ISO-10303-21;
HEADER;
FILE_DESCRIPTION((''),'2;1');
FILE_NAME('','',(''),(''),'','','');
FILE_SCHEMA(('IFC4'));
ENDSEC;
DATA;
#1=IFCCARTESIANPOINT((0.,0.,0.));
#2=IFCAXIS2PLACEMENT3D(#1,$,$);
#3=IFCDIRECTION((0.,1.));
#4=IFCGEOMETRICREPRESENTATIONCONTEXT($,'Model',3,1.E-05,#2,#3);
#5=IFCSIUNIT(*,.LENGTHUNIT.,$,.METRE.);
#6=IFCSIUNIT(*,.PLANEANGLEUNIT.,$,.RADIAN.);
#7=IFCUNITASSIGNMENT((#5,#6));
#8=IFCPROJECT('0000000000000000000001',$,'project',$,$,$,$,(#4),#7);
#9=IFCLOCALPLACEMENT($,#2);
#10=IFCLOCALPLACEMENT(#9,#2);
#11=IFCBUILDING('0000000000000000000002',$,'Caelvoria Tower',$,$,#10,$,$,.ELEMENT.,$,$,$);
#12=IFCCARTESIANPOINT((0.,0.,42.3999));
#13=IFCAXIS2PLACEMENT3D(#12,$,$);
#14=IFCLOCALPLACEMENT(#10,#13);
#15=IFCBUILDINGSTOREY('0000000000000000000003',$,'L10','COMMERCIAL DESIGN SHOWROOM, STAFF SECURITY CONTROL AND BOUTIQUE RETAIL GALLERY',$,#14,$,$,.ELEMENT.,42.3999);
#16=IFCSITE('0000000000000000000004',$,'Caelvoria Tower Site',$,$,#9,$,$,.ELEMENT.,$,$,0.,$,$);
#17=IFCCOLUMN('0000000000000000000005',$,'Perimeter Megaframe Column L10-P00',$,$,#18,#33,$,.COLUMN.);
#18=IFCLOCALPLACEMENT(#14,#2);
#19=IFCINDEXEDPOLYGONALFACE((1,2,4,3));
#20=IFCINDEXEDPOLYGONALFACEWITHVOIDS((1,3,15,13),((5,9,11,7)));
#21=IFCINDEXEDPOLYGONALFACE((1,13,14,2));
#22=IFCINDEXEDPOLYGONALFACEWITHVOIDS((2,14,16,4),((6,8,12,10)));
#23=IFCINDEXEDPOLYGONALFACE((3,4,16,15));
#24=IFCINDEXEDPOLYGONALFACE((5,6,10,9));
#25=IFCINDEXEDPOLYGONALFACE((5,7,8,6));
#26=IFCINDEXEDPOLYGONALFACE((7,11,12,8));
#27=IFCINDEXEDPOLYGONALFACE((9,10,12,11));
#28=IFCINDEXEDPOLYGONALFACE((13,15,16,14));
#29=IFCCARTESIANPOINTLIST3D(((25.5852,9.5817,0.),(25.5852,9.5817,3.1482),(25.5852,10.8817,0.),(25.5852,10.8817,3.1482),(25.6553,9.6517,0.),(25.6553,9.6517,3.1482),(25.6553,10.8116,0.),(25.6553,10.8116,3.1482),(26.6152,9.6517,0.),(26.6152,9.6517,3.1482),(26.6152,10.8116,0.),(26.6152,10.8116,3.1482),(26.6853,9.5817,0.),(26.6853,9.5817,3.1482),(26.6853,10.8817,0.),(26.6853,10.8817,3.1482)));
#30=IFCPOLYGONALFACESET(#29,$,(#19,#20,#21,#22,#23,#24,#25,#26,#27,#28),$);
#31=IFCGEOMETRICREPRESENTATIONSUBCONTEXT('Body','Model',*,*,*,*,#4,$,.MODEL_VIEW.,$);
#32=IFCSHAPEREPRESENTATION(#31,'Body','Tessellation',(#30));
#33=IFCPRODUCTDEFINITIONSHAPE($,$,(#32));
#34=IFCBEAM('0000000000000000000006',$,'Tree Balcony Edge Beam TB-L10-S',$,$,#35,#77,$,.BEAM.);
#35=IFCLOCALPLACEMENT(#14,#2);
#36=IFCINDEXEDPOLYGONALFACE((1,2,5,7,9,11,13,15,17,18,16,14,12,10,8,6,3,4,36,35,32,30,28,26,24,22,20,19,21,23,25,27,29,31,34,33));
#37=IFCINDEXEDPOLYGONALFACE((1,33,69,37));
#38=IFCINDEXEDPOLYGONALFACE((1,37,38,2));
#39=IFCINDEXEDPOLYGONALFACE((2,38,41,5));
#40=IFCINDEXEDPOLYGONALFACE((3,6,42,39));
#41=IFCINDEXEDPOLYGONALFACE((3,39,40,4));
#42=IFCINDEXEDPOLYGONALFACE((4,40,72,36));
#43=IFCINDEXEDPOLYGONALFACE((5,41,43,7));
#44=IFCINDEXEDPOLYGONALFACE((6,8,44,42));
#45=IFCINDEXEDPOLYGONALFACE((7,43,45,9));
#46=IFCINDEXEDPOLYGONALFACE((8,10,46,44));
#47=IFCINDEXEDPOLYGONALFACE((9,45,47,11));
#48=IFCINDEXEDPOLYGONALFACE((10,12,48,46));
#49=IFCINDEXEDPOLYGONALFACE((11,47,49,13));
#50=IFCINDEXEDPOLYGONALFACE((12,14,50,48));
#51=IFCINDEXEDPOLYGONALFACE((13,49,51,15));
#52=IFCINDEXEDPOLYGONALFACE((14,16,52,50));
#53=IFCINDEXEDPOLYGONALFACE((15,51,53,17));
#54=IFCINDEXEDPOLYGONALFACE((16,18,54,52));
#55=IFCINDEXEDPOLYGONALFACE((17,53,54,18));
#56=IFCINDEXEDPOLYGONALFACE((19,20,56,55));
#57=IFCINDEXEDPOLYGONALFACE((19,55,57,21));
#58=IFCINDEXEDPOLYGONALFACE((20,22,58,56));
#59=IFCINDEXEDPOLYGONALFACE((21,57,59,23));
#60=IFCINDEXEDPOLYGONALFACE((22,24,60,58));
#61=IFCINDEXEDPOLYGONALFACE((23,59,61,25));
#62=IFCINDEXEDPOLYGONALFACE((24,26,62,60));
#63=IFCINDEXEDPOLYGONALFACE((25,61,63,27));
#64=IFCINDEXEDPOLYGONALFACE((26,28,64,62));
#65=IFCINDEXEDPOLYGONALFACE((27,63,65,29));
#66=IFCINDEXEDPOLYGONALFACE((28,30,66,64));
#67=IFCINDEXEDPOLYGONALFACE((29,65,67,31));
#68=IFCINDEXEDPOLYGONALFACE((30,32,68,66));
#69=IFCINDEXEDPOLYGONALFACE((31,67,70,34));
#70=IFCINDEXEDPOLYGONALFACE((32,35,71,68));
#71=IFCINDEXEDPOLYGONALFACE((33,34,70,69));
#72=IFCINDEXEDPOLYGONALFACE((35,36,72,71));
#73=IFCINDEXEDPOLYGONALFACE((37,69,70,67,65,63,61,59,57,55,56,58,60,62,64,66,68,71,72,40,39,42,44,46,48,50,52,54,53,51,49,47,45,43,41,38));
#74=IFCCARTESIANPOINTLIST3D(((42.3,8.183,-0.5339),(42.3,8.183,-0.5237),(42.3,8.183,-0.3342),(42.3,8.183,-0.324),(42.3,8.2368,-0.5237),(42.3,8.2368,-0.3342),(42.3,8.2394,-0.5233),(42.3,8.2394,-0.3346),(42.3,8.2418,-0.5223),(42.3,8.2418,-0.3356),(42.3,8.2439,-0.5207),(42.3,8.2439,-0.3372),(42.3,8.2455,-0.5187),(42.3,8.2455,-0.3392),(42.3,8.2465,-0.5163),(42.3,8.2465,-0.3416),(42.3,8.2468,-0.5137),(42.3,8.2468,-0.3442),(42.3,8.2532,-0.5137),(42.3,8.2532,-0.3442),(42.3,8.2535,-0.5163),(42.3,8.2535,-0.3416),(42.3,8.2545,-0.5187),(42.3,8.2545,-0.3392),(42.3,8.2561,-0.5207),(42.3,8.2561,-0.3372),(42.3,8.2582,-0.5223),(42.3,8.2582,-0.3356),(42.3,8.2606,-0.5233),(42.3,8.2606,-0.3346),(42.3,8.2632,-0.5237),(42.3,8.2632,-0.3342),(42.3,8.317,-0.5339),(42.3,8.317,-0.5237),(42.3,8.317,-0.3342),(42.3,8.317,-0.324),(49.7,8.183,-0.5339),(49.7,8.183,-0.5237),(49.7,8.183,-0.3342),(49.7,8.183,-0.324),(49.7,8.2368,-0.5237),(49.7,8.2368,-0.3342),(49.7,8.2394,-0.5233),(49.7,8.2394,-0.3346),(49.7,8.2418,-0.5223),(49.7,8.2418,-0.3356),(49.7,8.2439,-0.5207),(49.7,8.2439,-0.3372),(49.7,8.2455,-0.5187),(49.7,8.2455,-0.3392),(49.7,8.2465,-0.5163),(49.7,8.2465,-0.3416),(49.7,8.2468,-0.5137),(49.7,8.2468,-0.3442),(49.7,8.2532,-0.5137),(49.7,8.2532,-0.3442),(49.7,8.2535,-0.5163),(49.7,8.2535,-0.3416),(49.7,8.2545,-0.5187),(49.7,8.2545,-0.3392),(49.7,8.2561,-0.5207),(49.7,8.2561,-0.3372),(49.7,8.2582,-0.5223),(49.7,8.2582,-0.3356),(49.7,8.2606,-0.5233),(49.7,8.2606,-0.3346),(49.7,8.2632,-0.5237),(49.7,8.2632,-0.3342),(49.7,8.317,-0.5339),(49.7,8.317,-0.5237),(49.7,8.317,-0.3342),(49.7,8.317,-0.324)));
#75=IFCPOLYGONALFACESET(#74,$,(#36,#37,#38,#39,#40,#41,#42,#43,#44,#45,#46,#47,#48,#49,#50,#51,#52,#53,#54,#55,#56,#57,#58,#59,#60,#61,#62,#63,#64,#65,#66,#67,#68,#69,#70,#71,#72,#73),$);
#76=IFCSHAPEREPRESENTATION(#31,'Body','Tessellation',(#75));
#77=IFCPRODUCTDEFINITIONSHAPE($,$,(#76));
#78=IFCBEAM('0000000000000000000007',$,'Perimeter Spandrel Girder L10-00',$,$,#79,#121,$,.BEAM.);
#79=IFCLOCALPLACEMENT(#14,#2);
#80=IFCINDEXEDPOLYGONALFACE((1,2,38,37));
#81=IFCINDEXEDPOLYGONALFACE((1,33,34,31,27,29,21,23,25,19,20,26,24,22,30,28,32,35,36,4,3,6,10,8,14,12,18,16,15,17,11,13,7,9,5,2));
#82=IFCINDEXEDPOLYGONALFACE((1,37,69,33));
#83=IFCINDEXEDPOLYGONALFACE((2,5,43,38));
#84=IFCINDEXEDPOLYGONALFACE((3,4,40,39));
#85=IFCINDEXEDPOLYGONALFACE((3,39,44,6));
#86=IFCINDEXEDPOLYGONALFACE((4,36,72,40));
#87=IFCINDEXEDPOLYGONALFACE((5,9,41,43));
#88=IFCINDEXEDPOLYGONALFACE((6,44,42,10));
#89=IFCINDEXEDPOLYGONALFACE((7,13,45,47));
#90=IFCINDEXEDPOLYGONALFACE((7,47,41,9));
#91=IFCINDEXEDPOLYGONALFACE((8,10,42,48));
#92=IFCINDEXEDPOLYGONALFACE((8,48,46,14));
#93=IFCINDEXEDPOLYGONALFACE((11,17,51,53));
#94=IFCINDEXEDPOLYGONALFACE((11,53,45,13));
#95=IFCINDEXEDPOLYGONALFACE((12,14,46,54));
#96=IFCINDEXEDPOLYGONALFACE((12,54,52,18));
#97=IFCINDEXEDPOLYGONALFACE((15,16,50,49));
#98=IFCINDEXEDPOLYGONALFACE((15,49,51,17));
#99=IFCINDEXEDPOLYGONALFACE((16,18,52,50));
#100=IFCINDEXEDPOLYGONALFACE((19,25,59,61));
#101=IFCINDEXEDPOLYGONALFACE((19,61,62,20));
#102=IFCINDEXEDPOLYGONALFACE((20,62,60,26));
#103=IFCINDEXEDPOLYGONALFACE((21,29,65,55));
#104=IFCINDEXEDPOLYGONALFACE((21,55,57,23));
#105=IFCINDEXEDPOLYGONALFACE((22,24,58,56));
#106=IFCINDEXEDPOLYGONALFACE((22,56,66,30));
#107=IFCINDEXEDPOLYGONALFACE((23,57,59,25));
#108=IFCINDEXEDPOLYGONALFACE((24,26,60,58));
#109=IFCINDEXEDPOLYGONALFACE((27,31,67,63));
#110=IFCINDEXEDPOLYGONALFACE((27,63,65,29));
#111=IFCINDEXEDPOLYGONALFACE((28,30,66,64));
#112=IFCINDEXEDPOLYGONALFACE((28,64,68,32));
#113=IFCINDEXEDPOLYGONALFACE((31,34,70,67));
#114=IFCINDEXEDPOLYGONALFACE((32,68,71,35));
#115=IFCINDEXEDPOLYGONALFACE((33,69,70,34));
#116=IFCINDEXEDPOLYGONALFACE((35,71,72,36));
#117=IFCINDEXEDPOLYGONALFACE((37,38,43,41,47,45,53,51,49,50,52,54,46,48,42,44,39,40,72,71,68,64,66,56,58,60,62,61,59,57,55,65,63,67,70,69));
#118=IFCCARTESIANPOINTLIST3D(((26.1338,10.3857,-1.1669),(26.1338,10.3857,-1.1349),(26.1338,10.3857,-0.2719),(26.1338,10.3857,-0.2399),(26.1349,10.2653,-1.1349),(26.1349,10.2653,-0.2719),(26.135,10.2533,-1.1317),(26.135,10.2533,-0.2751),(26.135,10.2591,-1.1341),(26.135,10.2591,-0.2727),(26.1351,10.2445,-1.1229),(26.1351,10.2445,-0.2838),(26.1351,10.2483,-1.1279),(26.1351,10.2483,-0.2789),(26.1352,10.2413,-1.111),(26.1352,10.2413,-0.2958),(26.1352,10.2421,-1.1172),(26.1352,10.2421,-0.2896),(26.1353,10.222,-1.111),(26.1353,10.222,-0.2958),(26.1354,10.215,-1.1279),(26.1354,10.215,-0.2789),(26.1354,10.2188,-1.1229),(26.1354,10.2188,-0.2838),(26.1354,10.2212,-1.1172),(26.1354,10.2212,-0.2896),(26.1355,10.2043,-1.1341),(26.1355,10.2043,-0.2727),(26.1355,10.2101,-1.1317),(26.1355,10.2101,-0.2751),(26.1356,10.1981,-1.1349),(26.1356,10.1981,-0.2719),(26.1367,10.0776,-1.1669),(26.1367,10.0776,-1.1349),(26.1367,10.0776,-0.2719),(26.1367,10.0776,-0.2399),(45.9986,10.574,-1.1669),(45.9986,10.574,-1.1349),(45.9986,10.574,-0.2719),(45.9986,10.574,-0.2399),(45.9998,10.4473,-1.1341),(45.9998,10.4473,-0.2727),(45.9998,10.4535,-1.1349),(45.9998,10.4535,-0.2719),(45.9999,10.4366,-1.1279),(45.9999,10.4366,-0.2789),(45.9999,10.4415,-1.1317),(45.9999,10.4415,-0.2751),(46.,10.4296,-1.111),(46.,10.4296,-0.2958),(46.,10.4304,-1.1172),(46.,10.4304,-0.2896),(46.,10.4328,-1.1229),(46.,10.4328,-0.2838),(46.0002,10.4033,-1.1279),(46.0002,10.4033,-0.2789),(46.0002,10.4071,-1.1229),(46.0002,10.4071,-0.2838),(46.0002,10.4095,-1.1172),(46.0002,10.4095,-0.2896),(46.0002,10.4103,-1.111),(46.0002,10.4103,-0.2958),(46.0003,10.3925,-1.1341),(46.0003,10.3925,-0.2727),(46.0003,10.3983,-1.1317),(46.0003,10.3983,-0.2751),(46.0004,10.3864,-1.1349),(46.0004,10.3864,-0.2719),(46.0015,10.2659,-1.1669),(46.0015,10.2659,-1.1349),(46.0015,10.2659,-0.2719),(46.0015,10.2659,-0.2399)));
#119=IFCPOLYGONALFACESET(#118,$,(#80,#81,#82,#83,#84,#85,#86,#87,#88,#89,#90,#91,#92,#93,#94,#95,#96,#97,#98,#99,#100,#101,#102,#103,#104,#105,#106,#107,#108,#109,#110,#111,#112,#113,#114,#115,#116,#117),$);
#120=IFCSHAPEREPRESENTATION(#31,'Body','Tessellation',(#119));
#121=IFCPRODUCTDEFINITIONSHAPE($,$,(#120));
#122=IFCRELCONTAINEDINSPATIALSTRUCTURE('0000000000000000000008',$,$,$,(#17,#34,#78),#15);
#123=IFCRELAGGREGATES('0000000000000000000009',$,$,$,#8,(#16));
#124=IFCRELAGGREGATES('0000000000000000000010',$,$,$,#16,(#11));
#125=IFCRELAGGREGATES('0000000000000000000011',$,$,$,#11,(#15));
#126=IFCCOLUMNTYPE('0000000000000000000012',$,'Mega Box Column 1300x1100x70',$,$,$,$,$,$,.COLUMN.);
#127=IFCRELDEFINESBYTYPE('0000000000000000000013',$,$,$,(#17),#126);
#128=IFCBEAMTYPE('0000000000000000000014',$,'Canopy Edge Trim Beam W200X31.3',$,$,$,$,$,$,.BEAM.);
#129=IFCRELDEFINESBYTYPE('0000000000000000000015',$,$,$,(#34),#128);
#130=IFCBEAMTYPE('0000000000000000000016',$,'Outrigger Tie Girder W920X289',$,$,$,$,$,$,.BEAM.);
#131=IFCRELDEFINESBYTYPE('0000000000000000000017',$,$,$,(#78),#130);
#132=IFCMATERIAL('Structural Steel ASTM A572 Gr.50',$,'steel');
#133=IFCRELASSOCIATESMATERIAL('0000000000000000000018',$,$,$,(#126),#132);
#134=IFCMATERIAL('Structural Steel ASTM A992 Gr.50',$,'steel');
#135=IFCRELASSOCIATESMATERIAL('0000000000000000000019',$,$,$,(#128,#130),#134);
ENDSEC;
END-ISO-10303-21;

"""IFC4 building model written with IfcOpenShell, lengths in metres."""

from ifc_helpers import new_model, si_unit, direction, frame, origin, origin_2d, place, context, subcontext, project, spatial, hollow_rectangle, i_section, extrude, material, material_profile, profile_set, type_object, element, save


model = new_model("IFC4")

# Units and contexts
model_context = context("Model", 3, precision=1e-05, world=origin(), true_north=direction((0.0, 1.0)))
body_context = subcontext(model_context, "Body", "Model", "MODEL_VIEW")
ifc_project = project(units=[si_unit("LENGTHUNIT", "METRE"), si_unit("PLANEANGLEUNIT", "RADIAN")], contexts=[model_context])

# Site, building, storey
site_placement = place(None, origin())
site = spatial("IfcSite", under=ifc_project, at=site_placement, Name="Caelvoria Tower Site", CompositionType="ELEMENT", RefElevation=0.0)
building_placement = place(site_placement, origin())
building = spatial("IfcBuilding", under=site, at=building_placement, Name="Caelvoria Tower", CompositionType="ELEMENT")
storey_placement = place(building_placement, frame((0.0, 0.0, 42.3999)))
storey = spatial("IfcBuildingStorey", under=building, at=storey_placement, Name="L10", Description="COMMERCIAL DESIGN SHOWROOM, STAFF SECURITY CONTROL AND BOUTIQUE RETAIL GALLERY", CompositionType="ELEMENT", Elevation=42.3999)

# Column
ifc_material_1 = material(Name="Structural Steel ASTM A572 Gr.50", Category="steel")
ifc_material_profile_1 = material_profile(ifc_material_1, hollow_rectangle(XDim=1.1001, YDim=1.3, WallThickness=0.0701, at=origin_2d()), Name="Structural Steel ASTM A572 Gr.50")
ifc_profile_set_1 = profile_set([ifc_material_profile_1], Name="BOX1300X1100X70 - Structural Steel ASTM A572 Gr.50")
column_type = type_object("IfcColumnType", Name="Mega Box Column 1300x1100x70", PredefinedType="COLUMN", material=ifc_profile_set_1)
column_placement = place(storey_placement, frame((26.1353, 10.2317, 0.0), z_axis=(0.0, 0.0, 1.0), x_axis=(1.0, 0.0, 0.0)))
element("IfcColumn", 1, at=column_placement, inside=storey, type_object=column_type, Name="Perimeter Megaframe Column L10-P00", PredefinedType="COLUMN", context=body_context, shape_type="SweptSolid", body=[
    extrude(hollow_rectangle(XDim=1.1001, YDim=1.3, WallThickness=0.0701, at=origin_2d()), origin(), (0.0, 0.0, 1.0), 3.1482),
])

# Beams
ifc_material_2 = material(Name="Structural Steel ASTM A992 Gr.50", Category="steel")
ifc_material_profile_2 = material_profile(ifc_material_2, i_section(OverallWidth=0.134, OverallDepth=0.21, WebThickness=0.0063, FlangeThickness=0.0103, FilletRadius=0.01, at=origin_2d()), Name="Structural Steel ASTM A992 Gr.50")
ifc_profile_set_2 = profile_set([ifc_material_profile_2], Name="W200X31.3 - Structural Steel ASTM A992 Gr.50")
beam_type_1 = type_object("IfcBeamType", Name="Canopy Edge Trim Beam W200X31.3", PredefinedType="BEAM", material=ifc_profile_set_2)
beam_1_placement = place(storey_placement, frame((42.3, 8.25, -0.429), z_axis=(1.0, 0.0, 0.0), x_axis=(0.0, 1.0, 0.0)))
element("IfcBeam", 2, at=beam_1_placement, inside=storey, type_object=beam_type_1, Name="Tree Balcony Edge Beam TB-L10-S", PredefinedType="BEAM", context=body_context, shape_type="SweptSolid", body=[
    extrude(i_section(OverallWidth=0.134, OverallDepth=0.21, WebThickness=0.0063, FlangeThickness=0.0103, FilletRadius=0.01, at=origin_2d()), origin(), (0.0, 0.0, 1.0), 7.3999),
])
ifc_material_profile_3 = material_profile(ifc_material_2, i_section(OverallWidth=0.3081, OverallDepth=0.927, WebThickness=0.0193, FlangeThickness=0.032, FilletRadius=0.0239, at=origin_2d()), Name="Structural Steel ASTM A992 Gr.50")
ifc_profile_set_3 = profile_set([ifc_material_profile_3], Name="W920X289 - Structural Steel ASTM A992 Gr.50")
beam_type_2 = type_object("IfcBeamType", Name="Outrigger Tie Girder W920X289", PredefinedType="BEAM", material=ifc_profile_set_3)
beam_2_placement = place(storey_placement, frame((26.1353, 10.2317, -0.7034), z_axis=(0.999955, 0.009475, 0.0), x_axis=(-0.009475, 0.999955, 0.0)))
element("IfcBeam", 3, at=beam_2_placement, inside=storey, type_object=beam_type_2, Name="Perimeter Spandrel Girder L10-00", PredefinedType="BEAM", context=body_context, shape_type="SweptSolid", body=[
    extrude(i_section(OverallWidth=0.3081, OverallDepth=0.927, WebThickness=0.0193, FlangeThickness=0.032, FilletRadius=0.0239, at=origin_2d()), origin(), (0.0, 0.0, 1.0), 19.8657),
])

save(model, "model.ifc")
